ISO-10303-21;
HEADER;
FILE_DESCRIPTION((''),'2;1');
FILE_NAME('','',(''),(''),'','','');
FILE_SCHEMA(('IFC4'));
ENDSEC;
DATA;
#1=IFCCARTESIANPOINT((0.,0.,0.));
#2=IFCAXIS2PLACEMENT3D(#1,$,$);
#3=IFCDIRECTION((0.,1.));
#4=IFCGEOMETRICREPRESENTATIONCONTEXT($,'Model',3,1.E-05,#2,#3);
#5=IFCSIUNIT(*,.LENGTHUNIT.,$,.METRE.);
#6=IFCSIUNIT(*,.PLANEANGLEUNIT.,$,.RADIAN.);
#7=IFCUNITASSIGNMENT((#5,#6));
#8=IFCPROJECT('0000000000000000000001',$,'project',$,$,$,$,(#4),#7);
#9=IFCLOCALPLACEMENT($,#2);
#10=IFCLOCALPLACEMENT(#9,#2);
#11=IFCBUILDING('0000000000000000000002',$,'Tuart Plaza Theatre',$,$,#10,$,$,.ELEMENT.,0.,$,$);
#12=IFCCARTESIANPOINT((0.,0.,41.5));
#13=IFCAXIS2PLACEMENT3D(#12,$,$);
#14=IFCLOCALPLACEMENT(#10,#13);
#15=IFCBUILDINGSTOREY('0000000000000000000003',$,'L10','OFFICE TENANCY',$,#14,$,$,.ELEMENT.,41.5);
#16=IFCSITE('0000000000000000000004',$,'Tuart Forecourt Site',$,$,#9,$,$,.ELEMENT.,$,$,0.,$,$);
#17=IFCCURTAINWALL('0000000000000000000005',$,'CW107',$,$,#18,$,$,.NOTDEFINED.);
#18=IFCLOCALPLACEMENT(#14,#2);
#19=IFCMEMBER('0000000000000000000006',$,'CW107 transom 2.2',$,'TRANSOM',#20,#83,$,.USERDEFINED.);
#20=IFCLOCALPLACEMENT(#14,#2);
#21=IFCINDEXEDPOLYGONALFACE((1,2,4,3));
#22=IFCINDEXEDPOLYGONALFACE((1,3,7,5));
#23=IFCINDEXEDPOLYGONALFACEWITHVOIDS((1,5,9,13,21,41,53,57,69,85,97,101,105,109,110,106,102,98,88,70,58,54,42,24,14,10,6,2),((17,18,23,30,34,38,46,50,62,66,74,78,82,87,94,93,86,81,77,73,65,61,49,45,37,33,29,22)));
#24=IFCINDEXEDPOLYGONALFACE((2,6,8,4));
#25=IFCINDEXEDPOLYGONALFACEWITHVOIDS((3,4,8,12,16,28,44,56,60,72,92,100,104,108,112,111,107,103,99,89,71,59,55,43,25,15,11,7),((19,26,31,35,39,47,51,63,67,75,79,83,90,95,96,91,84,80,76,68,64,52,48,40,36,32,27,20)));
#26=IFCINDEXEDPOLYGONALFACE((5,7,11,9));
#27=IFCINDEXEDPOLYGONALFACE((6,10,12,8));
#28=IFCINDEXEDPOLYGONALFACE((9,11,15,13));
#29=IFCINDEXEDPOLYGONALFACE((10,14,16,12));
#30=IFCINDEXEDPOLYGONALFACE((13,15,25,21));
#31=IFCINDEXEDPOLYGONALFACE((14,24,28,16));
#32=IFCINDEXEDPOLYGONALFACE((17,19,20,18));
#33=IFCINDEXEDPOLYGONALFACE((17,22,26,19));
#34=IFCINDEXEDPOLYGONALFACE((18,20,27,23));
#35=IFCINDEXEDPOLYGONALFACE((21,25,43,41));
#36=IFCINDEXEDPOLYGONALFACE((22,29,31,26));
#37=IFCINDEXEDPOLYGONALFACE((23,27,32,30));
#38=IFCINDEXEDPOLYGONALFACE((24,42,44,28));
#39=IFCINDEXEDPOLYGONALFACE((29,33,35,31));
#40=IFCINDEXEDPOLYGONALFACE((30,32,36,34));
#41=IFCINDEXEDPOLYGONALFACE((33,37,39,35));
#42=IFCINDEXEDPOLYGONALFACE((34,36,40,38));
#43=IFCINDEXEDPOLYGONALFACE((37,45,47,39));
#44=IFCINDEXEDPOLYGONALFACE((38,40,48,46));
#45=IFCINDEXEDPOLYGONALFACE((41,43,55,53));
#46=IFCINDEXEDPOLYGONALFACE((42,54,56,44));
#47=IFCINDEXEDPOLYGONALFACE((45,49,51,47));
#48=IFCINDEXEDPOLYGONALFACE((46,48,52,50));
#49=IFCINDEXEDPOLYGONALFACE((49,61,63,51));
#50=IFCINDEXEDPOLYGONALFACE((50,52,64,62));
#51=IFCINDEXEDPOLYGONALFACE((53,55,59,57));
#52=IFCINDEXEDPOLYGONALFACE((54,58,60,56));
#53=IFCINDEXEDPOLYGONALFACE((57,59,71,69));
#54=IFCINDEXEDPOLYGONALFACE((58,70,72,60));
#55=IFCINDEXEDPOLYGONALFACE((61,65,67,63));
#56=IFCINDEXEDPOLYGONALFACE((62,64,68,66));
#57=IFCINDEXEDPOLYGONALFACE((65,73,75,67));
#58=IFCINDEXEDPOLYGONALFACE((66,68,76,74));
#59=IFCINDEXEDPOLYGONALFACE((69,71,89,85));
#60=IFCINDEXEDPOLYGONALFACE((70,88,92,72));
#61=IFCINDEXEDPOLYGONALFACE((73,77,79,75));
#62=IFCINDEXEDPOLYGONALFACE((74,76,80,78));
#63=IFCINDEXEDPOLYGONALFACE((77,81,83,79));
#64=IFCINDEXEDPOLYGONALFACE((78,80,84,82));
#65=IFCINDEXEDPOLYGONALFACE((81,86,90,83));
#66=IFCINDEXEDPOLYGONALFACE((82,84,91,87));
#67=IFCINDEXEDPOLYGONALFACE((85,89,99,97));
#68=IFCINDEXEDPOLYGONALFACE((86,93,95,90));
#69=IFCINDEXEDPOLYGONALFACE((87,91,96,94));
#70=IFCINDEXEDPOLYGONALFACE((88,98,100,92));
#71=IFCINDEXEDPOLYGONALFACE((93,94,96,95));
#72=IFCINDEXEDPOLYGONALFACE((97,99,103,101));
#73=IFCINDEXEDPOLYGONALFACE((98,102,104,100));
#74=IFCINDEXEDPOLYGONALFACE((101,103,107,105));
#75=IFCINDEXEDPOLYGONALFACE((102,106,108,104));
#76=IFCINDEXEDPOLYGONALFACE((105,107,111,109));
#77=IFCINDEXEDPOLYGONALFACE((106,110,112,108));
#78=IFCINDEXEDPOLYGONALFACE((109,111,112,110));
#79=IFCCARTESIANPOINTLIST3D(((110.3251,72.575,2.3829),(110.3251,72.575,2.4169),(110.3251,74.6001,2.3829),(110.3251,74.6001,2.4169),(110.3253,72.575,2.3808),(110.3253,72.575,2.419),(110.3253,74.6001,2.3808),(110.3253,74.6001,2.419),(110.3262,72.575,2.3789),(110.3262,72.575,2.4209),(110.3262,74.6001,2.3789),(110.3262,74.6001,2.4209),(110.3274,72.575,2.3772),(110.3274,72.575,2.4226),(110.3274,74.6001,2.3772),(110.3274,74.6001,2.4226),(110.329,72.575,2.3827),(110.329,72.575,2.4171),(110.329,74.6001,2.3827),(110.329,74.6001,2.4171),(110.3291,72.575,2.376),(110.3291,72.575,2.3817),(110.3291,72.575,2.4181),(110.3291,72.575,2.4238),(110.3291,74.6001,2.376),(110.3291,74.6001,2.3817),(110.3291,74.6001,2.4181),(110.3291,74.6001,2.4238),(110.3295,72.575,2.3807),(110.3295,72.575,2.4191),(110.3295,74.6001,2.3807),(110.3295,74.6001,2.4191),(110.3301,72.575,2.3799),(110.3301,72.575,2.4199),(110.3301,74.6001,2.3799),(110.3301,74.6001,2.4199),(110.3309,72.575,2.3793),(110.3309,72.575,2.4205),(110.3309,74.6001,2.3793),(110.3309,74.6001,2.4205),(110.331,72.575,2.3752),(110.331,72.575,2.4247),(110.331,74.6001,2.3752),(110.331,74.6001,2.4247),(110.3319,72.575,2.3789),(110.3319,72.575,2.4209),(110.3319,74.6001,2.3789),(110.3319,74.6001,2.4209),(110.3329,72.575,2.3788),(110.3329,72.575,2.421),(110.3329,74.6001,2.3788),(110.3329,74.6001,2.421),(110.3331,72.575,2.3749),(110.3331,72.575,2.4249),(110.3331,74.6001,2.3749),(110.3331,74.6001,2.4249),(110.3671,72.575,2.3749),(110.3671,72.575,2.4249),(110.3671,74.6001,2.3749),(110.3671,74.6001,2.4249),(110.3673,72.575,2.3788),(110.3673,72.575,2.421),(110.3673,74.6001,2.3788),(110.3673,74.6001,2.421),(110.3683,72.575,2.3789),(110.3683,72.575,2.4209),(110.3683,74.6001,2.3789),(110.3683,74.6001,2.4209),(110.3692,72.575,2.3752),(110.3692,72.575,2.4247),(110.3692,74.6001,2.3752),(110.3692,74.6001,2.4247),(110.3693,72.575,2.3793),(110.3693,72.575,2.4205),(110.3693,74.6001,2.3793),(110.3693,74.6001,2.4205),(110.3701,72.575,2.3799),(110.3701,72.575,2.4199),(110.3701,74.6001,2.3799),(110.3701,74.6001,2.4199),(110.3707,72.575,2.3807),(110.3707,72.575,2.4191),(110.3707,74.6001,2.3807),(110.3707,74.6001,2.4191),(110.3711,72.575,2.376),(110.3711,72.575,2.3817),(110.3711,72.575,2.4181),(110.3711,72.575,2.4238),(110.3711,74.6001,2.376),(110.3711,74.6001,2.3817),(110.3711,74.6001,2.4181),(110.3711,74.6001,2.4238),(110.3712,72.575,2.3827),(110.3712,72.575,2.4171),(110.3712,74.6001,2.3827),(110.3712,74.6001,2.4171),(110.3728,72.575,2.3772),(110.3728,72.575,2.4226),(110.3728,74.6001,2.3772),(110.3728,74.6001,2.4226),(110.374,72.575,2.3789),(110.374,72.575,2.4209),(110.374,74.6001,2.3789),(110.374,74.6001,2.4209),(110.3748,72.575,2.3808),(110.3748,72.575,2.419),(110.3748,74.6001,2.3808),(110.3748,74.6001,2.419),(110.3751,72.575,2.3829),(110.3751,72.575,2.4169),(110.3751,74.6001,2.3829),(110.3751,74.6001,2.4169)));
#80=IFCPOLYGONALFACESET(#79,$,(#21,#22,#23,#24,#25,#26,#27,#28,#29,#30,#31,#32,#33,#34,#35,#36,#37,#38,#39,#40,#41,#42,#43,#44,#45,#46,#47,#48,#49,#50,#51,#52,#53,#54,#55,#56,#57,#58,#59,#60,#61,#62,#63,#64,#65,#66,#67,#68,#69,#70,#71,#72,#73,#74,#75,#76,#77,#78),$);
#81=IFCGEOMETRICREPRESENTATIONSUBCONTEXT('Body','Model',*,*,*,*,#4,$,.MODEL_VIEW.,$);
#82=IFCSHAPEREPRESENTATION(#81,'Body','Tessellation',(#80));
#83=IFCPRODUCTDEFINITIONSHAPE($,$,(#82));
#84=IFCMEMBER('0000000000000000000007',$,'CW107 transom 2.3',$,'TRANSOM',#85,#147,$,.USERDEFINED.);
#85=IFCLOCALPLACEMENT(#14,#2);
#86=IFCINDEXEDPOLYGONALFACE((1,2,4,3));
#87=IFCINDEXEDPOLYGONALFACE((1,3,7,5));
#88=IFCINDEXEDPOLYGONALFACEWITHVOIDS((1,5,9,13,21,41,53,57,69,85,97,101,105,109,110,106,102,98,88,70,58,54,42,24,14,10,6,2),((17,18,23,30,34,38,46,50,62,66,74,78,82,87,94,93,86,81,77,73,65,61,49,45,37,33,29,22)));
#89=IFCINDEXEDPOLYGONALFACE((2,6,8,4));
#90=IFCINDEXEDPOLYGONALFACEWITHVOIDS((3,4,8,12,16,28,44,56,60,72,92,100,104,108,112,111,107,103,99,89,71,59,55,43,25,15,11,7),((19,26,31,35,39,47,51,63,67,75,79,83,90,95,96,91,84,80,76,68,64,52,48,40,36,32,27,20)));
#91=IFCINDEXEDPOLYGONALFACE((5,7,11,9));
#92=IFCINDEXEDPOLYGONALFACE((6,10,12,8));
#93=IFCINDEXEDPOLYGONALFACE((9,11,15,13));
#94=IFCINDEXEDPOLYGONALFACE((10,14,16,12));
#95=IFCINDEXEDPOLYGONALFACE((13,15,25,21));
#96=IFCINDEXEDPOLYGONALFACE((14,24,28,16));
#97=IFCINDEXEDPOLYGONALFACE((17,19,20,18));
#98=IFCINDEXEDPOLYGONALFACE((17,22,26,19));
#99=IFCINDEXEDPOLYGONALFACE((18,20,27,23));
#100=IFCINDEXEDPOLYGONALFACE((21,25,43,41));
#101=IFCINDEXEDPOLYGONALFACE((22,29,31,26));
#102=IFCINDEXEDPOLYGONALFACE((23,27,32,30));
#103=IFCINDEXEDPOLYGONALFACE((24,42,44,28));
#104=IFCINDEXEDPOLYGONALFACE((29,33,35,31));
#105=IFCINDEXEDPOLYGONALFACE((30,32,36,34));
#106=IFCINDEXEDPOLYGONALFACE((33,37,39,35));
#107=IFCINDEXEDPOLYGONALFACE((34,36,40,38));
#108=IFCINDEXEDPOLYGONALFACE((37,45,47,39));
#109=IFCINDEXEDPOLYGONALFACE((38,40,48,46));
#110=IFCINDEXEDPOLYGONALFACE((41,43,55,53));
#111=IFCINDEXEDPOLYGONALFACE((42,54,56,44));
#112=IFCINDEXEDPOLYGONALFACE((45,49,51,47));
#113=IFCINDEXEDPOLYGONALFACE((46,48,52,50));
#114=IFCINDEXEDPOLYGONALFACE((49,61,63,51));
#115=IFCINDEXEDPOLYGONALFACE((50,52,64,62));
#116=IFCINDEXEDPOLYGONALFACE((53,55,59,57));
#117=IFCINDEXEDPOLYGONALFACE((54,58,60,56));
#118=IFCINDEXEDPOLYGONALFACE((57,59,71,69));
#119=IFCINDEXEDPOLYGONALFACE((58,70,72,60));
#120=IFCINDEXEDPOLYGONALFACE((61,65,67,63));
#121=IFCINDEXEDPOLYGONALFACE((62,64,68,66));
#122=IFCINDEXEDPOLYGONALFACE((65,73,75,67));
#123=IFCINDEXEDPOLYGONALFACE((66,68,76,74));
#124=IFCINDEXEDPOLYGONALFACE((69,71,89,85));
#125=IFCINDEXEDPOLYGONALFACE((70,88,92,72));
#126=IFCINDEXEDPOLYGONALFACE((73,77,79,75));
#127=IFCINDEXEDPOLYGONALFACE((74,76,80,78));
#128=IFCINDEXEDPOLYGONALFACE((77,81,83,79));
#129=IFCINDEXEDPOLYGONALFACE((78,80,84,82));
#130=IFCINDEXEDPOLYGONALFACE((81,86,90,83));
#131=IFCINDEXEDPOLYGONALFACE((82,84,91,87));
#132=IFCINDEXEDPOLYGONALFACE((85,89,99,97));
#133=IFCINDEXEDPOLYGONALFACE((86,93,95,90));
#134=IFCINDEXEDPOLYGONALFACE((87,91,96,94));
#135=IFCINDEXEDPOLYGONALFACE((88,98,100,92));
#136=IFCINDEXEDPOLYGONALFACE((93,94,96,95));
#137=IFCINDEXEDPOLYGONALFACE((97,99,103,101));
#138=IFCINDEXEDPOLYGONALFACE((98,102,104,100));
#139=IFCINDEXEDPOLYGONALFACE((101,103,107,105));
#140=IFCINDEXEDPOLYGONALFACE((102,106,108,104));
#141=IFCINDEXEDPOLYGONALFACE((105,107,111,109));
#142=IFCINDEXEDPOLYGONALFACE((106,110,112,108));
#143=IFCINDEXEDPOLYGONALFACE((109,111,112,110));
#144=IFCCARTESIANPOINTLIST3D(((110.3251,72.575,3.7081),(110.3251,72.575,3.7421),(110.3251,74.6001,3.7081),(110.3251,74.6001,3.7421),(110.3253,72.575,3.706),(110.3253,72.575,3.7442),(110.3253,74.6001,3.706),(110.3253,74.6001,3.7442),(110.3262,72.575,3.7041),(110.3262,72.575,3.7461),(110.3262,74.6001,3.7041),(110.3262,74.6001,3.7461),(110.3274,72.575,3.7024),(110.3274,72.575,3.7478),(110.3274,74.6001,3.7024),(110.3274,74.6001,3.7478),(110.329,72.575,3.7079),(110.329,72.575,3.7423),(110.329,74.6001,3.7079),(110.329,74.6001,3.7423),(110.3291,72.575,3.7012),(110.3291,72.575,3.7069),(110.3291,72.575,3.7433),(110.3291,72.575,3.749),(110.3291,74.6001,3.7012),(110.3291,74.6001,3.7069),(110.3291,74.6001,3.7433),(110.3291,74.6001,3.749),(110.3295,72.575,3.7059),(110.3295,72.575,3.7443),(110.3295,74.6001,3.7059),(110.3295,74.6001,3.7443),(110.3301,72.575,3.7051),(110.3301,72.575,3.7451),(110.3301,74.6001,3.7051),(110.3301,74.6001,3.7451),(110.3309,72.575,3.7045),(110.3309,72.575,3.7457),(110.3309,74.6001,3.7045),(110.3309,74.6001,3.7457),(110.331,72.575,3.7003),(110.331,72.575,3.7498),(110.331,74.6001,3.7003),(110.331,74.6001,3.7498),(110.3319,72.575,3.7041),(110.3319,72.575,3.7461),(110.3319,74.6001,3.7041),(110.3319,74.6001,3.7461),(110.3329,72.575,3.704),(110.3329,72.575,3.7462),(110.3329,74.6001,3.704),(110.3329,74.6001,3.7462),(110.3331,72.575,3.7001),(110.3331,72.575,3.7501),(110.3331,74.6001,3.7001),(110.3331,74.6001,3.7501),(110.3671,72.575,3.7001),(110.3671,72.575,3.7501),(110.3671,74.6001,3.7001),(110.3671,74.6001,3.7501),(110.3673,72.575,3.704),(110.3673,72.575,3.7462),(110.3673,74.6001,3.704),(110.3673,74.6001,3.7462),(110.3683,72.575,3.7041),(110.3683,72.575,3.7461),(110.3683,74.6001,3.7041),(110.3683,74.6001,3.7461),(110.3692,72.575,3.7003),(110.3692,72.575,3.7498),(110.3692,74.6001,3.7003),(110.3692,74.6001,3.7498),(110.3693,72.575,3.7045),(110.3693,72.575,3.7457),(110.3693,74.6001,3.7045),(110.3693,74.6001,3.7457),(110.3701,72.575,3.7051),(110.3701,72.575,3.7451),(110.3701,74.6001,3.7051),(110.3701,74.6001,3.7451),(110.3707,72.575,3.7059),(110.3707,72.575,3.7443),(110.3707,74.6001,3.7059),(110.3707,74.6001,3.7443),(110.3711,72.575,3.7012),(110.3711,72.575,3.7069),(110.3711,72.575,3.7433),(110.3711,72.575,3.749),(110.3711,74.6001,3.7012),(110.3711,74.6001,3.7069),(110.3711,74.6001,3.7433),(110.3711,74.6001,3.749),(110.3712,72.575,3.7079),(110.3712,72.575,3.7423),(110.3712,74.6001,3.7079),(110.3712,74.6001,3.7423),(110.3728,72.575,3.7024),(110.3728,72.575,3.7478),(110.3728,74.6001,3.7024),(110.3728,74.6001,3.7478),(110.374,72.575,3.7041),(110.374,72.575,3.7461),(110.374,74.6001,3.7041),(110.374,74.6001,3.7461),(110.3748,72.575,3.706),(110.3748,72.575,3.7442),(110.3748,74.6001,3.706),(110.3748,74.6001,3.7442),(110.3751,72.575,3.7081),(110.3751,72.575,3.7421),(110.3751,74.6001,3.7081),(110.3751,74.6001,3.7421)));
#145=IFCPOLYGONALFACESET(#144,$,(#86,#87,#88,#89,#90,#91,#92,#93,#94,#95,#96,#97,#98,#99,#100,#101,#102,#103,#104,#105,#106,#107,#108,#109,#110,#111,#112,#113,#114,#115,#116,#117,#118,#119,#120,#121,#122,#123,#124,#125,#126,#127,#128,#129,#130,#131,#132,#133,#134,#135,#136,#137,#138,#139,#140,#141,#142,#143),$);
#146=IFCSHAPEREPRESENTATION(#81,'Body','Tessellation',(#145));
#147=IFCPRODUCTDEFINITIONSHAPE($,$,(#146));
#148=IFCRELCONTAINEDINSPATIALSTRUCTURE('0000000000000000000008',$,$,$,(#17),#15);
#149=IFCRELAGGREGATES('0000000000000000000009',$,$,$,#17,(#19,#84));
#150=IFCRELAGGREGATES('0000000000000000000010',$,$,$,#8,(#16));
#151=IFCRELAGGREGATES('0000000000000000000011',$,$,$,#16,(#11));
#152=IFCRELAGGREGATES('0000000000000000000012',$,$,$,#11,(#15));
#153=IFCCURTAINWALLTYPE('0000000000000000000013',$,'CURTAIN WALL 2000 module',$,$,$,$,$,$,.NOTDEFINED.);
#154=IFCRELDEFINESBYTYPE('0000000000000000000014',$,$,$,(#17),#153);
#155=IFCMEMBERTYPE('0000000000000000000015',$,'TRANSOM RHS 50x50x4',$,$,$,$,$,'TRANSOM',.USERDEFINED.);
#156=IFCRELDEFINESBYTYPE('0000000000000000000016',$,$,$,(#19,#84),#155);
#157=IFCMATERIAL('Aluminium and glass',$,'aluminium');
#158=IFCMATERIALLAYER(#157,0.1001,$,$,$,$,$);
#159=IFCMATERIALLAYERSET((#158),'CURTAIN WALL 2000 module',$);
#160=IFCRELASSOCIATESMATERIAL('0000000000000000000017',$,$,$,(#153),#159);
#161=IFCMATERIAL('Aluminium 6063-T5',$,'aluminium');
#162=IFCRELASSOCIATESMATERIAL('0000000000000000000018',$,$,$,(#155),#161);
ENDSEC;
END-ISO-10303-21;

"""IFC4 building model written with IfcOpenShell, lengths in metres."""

from ifc_helpers import new_model, si_unit, direction, frame, origin, origin_2d, place, context, subcontext, project, spatial, hollow_rectangle, extrude, material, layer, layer_set, material_profile, profile_set, type_object, element, aggregate, save


model = new_model("IFC4")

# Units and contexts
model_context = context("Model", 3, precision=1e-05, world=origin(), true_north=direction((0.0, 1.0)))
body_context = subcontext(model_context, "Body", "Model", "MODEL_VIEW")
ifc_project = project(units=[si_unit("LENGTHUNIT", "METRE"), si_unit("PLANEANGLEUNIT", "RADIAN")], contexts=[model_context])

# Site, building, storey
site_placement = place(None, origin())
site = spatial("IfcSite", under=ifc_project, at=site_placement, Name="Tuart Forecourt Site", CompositionType="ELEMENT", RefElevation=0.0)
building_placement = place(site_placement, origin())
building = spatial("IfcBuilding", under=site, at=building_placement, Name="Tuart Plaza Theatre", CompositionType="ELEMENT", ElevationOfRefHeight=0.0)
storey_placement = place(building_placement, frame((0.0, 0.0, 41.5)))
storey = spatial("IfcBuildingStorey", under=building, at=storey_placement, Name="L10", Description="OFFICE TENANCY", CompositionType="ELEMENT", Elevation=41.5)

# Curtain wall
ifc_material_1 = material(Name="Aluminium and glass", Category="aluminium")
ifc_layer_1 = layer(ifc_material_1, 0.1001)
ifc_layer_set_1 = layer_set([ifc_layer_1], Name="CURTAIN WALL 2000 module")
curtain_wall_type = type_object("IfcCurtainWallType", Name="CURTAIN WALL 2000 module", PredefinedType="NOTDEFINED", material=ifc_layer_set_1)
curtain_wall_1_placement = place(storey_placement, origin())
curtain_wall_1 = element("IfcCurtainWall", 1, at=curtain_wall_1_placement, inside=storey, type_object=curtain_wall_type, Name="CW107", PredefinedType="NOTDEFINED")
ifc_material_2 = material(Name="Aluminium 6063-T5", Category="aluminium")
ifc_material_profile_1 = material_profile(ifc_material_2, hollow_rectangle(XDim=0.05, YDim=0.05, WallThickness=0.0039, InnerFilletRadius=0.0039, OuterFilletRadius=0.0081, at=origin_2d()), Name="RHS 50x50x4")
ifc_profile_set_1 = profile_set([ifc_material_profile_1], Name="Aluminium 6063-T5")
member_type_1 = type_object("IfcMemberType", Name="TRANSOM RHS 50x50x4", ElementType="TRANSOM", PredefinedType="USERDEFINED", material=ifc_profile_set_1)

# Members
member_1_placement = place(storey_placement, frame((110.3501, 74.6001, 2.3999), z_axis=(0.0, -1.0, 0.0), x_axis=(1.0, 0.0, 0.0)))
member_1 = element("IfcMember", 2, at=member_1_placement, type_object=member_type_1, Name="CW107 transom 2.2", ObjectType="TRANSOM", PredefinedType="USERDEFINED", context=body_context, shape_type="SweptSolid", body=[
    extrude(hollow_rectangle(XDim=0.05, YDim=0.05, WallThickness=0.0039, InnerFilletRadius=0.0039, OuterFilletRadius=0.0081, at=origin_2d()), origin(), (0.0, 0.0, 1.0), 2.0251),
])
member_2_placement = place(storey_placement, frame((110.3501, 74.6001, 3.7251), z_axis=(0.0, -1.0, 0.0), x_axis=(1.0, 0.0, 0.0)))
member_2 = element("IfcMember", 3, at=member_2_placement, type_object=member_type_1, Name="CW107 transom 2.3", ObjectType="TRANSOM", PredefinedType="USERDEFINED", context=body_context, shape_type="SweptSolid", body=[
    extrude(hollow_rectangle(XDim=0.05, YDim=0.05, WallThickness=0.0039, InnerFilletRadius=0.0039, OuterFilletRadius=0.0081, at=origin_2d()), origin(), (0.0, 0.0, 1.0), 2.0251),
])

aggregate(curtain_wall_1, [member_1, member_2])

save(model, "model.ifc")
